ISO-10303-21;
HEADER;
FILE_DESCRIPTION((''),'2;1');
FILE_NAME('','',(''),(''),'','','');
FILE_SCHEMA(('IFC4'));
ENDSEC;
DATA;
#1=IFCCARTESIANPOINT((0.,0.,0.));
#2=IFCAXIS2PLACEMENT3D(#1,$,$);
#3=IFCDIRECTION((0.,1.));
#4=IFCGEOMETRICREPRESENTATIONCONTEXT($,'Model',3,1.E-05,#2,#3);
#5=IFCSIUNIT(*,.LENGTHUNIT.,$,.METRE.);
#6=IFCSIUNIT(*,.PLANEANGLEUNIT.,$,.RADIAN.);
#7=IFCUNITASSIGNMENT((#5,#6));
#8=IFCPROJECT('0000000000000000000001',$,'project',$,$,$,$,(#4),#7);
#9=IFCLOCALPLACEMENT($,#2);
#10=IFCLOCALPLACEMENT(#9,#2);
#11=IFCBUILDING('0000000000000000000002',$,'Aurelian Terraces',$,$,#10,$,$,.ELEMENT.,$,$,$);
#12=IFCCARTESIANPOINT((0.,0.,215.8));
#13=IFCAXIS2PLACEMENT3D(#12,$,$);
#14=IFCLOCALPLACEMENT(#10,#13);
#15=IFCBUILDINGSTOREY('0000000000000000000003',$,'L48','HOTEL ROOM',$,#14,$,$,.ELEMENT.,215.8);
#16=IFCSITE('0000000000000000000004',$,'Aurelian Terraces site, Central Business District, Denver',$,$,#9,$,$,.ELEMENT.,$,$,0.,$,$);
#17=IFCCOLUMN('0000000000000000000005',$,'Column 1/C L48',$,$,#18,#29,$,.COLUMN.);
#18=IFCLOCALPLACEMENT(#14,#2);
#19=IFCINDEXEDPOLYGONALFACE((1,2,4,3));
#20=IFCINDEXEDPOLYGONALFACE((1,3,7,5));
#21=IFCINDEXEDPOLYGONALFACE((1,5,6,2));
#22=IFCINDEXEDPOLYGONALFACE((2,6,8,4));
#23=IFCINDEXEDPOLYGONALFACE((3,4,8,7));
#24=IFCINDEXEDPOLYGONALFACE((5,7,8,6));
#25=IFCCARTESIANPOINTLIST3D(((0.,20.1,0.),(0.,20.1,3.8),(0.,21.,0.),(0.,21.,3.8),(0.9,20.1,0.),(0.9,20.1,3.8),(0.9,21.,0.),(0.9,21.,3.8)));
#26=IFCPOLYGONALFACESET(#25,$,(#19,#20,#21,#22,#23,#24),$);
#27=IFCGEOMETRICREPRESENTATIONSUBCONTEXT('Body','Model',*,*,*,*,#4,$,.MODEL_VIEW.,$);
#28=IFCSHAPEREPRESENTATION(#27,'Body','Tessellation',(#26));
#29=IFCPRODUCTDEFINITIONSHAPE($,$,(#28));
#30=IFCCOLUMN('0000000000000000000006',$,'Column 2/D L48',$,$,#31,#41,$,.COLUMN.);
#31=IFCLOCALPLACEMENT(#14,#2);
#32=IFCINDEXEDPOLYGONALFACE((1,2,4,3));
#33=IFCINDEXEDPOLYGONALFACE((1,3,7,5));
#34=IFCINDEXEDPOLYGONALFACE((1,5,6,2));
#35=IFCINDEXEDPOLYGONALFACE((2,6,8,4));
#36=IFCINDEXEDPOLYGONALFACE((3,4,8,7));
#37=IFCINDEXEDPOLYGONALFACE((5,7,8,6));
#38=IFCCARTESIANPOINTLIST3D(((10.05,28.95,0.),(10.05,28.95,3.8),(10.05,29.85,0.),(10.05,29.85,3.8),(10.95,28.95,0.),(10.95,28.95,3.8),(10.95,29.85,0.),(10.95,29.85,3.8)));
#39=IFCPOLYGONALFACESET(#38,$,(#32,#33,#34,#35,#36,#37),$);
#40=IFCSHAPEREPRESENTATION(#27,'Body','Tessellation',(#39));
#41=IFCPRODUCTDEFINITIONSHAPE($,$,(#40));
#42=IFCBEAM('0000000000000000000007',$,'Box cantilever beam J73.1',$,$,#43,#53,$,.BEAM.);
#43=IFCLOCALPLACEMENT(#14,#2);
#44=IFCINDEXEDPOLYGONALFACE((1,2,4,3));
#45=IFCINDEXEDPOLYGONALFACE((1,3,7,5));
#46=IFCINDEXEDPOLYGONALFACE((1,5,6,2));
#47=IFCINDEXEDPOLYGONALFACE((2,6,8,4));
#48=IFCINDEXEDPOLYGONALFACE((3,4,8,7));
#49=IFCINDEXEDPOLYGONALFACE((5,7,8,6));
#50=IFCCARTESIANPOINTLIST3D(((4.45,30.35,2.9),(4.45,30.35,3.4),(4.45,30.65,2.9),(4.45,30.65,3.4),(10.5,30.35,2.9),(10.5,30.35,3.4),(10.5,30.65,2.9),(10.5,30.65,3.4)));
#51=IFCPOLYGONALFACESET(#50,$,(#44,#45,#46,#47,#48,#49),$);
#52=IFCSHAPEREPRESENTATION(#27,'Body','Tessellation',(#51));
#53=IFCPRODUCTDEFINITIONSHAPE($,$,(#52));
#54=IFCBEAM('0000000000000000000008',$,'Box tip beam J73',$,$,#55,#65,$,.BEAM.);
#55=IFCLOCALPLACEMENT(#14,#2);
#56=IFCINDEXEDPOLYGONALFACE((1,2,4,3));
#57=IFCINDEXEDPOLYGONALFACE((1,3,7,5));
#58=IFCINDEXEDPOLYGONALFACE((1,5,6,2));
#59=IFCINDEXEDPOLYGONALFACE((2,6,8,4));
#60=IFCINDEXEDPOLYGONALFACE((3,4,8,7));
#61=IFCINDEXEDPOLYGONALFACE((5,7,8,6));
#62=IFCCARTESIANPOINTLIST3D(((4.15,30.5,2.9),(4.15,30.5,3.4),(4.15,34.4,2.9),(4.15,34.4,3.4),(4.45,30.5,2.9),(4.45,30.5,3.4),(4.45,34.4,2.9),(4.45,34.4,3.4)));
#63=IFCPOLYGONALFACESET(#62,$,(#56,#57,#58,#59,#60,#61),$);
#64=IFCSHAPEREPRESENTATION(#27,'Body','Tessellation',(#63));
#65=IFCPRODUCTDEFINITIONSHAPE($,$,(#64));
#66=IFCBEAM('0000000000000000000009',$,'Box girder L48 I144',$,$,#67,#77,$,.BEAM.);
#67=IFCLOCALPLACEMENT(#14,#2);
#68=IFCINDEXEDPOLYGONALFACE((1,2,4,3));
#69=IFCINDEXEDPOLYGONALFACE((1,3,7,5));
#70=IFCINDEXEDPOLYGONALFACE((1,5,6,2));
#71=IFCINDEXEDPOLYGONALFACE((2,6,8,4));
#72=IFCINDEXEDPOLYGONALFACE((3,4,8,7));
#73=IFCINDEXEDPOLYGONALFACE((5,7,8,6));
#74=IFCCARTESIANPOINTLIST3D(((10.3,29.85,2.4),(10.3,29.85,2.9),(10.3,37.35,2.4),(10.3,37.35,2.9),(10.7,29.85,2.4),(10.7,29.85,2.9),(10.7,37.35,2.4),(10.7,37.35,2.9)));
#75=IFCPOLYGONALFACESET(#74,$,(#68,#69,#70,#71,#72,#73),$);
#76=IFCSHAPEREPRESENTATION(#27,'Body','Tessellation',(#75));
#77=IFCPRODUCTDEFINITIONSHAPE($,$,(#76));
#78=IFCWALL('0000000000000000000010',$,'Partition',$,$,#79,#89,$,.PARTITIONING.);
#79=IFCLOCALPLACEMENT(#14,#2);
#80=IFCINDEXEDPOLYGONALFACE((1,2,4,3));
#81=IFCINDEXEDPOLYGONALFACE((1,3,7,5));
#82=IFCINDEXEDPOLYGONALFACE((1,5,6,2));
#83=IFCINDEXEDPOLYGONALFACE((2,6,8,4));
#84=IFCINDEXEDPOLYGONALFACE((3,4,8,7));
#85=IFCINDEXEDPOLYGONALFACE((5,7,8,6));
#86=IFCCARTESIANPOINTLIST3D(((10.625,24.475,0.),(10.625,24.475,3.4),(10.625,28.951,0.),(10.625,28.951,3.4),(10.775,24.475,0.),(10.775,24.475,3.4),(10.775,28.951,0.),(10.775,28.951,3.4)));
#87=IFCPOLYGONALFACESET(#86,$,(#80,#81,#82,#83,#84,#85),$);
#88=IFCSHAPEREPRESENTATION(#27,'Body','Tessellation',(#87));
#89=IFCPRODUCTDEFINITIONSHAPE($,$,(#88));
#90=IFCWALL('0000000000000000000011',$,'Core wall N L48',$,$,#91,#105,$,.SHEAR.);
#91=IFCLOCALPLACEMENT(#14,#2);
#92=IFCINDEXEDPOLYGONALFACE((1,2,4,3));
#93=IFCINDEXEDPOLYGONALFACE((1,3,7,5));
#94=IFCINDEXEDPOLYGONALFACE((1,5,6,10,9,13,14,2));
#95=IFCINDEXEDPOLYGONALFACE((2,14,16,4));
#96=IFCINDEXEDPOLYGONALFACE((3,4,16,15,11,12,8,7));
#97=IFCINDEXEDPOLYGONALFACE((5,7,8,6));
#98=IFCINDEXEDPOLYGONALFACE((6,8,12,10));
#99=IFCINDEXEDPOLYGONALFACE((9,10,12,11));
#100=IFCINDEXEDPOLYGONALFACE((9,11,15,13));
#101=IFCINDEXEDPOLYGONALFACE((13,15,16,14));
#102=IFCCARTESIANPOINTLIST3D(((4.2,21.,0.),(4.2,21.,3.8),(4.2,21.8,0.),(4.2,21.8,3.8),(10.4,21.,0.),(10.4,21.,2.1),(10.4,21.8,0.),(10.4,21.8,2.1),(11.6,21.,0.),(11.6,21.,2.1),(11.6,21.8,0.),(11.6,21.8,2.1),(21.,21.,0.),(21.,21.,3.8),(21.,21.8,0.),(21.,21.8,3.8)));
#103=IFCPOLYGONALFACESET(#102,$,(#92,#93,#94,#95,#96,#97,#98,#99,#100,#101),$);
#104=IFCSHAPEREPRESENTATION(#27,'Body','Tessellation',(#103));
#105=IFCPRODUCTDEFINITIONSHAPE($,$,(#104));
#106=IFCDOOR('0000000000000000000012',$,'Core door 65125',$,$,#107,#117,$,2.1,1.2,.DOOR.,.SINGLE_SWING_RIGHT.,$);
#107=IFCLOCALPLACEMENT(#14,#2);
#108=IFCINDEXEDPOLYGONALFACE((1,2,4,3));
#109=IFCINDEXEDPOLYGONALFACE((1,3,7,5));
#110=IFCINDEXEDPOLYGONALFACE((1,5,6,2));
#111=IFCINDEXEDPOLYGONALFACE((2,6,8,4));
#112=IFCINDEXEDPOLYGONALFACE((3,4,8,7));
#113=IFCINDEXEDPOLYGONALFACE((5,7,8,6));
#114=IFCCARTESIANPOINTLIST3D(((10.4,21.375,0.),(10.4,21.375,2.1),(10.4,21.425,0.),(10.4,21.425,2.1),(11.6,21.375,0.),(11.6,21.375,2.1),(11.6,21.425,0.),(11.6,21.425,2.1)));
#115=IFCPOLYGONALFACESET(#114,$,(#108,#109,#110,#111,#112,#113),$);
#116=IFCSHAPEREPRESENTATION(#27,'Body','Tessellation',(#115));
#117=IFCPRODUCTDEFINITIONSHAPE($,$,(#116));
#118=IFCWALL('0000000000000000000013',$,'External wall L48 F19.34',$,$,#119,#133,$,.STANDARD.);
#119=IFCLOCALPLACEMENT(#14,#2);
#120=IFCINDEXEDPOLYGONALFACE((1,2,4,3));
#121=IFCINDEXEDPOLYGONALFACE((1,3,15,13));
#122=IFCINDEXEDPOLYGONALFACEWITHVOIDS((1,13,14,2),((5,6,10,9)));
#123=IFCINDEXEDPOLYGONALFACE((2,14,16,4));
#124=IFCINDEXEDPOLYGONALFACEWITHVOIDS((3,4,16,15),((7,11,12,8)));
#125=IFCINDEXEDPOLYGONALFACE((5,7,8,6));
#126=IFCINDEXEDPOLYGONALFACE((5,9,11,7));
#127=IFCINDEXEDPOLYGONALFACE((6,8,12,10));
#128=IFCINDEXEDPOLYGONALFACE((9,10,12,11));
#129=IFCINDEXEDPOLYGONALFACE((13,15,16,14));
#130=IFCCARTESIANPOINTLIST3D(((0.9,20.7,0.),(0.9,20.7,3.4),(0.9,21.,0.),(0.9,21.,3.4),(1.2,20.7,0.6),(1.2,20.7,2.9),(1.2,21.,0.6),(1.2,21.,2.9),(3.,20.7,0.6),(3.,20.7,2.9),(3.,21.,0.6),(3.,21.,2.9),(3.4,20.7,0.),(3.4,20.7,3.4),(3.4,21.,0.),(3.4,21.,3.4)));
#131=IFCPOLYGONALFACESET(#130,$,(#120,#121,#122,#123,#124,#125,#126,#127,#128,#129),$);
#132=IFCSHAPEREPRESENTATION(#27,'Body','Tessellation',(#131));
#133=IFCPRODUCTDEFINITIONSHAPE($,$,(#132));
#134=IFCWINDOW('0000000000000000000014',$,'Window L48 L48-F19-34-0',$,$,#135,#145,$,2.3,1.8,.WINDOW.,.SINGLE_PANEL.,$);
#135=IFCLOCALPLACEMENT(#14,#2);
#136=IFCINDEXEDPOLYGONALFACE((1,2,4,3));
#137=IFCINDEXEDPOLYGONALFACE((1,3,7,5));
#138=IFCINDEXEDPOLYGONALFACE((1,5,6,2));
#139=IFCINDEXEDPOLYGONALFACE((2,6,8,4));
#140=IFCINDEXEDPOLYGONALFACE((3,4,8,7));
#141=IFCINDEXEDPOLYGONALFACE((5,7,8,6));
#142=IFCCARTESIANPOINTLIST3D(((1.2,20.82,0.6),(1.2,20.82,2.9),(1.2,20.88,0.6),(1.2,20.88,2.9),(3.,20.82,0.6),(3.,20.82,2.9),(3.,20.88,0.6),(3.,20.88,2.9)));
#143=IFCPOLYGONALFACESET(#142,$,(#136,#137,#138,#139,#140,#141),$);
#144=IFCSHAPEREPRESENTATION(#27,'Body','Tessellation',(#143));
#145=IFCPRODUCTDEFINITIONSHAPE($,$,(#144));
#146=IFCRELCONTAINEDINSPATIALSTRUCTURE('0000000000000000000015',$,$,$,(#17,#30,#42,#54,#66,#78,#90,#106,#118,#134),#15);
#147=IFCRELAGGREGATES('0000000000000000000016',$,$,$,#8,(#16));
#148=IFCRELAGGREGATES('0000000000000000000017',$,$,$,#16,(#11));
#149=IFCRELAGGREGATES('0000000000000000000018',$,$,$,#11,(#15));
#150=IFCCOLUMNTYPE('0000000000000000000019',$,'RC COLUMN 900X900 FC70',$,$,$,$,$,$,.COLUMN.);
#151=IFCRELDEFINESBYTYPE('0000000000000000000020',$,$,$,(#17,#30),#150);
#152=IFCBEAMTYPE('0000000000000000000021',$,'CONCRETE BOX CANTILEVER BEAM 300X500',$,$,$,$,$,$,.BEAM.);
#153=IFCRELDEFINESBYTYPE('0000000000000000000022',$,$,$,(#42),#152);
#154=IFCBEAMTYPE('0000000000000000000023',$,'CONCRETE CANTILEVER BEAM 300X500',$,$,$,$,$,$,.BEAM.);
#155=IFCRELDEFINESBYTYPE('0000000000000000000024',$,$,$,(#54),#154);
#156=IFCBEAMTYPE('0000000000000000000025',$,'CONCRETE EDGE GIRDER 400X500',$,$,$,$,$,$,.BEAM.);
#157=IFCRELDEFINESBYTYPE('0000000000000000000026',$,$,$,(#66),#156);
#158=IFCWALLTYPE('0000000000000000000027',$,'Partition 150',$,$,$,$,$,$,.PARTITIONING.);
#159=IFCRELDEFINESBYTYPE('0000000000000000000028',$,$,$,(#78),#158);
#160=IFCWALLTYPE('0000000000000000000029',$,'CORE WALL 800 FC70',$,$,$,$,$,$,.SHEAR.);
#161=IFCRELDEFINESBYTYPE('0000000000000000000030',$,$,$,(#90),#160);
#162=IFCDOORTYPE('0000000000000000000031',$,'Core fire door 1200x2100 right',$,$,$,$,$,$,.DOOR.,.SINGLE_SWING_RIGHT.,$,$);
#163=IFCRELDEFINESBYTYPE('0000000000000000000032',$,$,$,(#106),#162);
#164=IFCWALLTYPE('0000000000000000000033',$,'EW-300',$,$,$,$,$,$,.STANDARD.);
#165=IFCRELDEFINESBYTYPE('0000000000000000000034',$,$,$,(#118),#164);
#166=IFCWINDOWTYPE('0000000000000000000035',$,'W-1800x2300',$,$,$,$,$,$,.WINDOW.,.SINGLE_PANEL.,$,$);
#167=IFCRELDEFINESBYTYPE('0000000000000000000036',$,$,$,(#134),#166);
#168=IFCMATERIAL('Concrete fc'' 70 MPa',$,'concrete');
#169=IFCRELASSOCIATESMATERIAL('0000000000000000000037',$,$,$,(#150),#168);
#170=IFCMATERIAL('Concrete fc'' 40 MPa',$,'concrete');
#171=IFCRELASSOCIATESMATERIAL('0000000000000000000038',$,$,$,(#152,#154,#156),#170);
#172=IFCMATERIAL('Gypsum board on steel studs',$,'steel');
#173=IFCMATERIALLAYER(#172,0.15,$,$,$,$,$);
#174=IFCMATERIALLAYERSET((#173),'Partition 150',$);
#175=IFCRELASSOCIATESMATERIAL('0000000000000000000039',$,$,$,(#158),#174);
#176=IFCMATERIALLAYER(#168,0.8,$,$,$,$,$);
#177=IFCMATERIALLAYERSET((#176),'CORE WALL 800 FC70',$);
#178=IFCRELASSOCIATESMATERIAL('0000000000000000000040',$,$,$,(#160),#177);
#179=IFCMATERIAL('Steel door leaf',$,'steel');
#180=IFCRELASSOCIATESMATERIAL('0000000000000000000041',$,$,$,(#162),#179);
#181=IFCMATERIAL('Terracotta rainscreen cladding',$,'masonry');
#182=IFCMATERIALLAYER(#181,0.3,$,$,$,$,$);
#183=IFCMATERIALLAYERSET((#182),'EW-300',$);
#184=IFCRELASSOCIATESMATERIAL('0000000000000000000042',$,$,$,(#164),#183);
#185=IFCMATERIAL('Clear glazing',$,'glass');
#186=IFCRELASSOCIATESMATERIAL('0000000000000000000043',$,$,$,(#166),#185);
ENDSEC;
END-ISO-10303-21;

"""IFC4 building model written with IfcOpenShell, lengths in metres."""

from ifc_helpers import new_model, si_unit, direction, frame, frame_2d, origin, origin_2d, place, context, subcontext, project, spatial, rectangle, extrude, source, transform, mapped, material, layer, layer_set, material_profile, profile_set, type_object, element, fill, save


model = new_model("IFC4")

# Units and contexts
model_context = context("Model", 3, precision=1e-05, world=origin(), true_north=direction((0.0, 1.0)))
body_context = subcontext(model_context, "Body", "Model", "MODEL_VIEW")
ifc_project = project(units=[si_unit("LENGTHUNIT", "METRE"), si_unit("PLANEANGLEUNIT", "RADIAN")], contexts=[model_context])

# Site, building, storey
site_placement = place(None, origin())
site = spatial("IfcSite", under=ifc_project, at=site_placement, Name="Aurelian Terraces site, Central Business District, Denver", CompositionType="ELEMENT", RefElevation=0.0)
building_placement = place(site_placement, origin())
building = spatial("IfcBuilding", under=site, at=building_placement, Name="Aurelian Terraces", CompositionType="ELEMENT")
storey_placement = place(building_placement, frame((0.0, 0.0, 215.8)))
storey = spatial("IfcBuildingStorey", under=building, at=storey_placement, Name="L48", Description="HOTEL ROOM", CompositionType="ELEMENT", Elevation=215.8)

# Columns
ifc_material_1 = material(Name="Concrete fc' 70 MPa", Category="concrete")
ifc_material_profile_1 = material_profile(ifc_material_1, rectangle(XDim=0.9, YDim=0.9, at=origin_2d()))
ifc_profile_set_1 = profile_set([ifc_material_profile_1], Name="Concrete fc' 70 MPa")
column_type = type_object("IfcColumnType", Name="RC COLUMN 900X900 FC70", PredefinedType="COLUMN", material=ifc_profile_set_1)
shared_shape_1 = source(origin(), body_context, "Body", "SweptSolid", [
    extrude(rectangle(XDim=0.9, YDim=0.9, at=origin_2d()), origin(), (0.0, 0.0, 1.0), 3.8),
])
for number, where, z_axis, x_axis, name in (
    (1, (0.45, 20.55, 0.0), (0.0, 0.0, 1.0), (1.0, 0.0, 0.0), "Column 1/C L48"),
    (2, (10.5, 29.4, 0.0), (0.0, 0.0, 1.0), (1.0, 0.0, 0.0), "Column 2/D L48"),
):
    element("IfcColumn", number, at=place(storey_placement, frame(where, z_axis=z_axis, x_axis=x_axis)), inside=storey, type_object=column_type, Name=name, PredefinedType="COLUMN", context=body_context, shape_type="MappedRepresentation", body=[
        mapped(shared_shape_1, transform((0.0, 0.0, 0.0), scale=1.0)),
    ])

# Beams
ifc_material_2 = material(Name="Concrete fc' 40 MPa", Category="concrete")
ifc_material_profile_2 = material_profile(ifc_material_2, rectangle(XDim=0.3, YDim=0.5, at=origin_2d()))
ifc_profile_set_2 = profile_set([ifc_material_profile_2], Name="Concrete fc' 40 MPa")
beam_type_1 = type_object("IfcBeamType", Name="CONCRETE BOX CANTILEVER BEAM 300X500", PredefinedType="BEAM", material=ifc_profile_set_2)
shared_shape_2 = source(origin(), body_context, "Body", "SweptSolid", [
    extrude(rectangle(XDim=0.3, YDim=0.5, at=origin_2d()), origin(), (0.0, 0.0, 1.0), 6.05),
])
beam_1_placement = place(storey_placement, frame((4.45, 30.5, 3.15), z_axis=(1.0, 0.0, 0.0), x_axis=(0.0, 1.0, 0.0)))
element("IfcBeam", 3, at=beam_1_placement, inside=storey, type_object=beam_type_1, Name="Box cantilever beam J73.1", PredefinedType="BEAM", context=body_context, shape_type="MappedRepresentation", body=[
    mapped(shared_shape_2, transform((0.0, 0.0, 0.0), scale=1.0)),
])
ifc_material_profile_3 = material_profile(ifc_material_2, rectangle(XDim=0.3, YDim=0.5, at=origin_2d()))
ifc_profile_set_3 = profile_set([ifc_material_profile_3], Name="Concrete fc' 40 MPa")
beam_type_2 = type_object("IfcBeamType", Name="CONCRETE CANTILEVER BEAM 300X500", PredefinedType="BEAM", material=ifc_profile_set_3)
shared_shape_3 = source(origin(), body_context, "Body", "SweptSolid", [
    extrude(rectangle(XDim=0.3, YDim=0.5, at=origin_2d()), origin(), (0.0, 0.0, 1.0), 3.9),
])
beam_2_placement = place(storey_placement, frame((4.3, 30.5, 3.15), z_axis=(0.0, 1.0, 0.0), x_axis=(-1.0, 0.0, 0.0)))
element("IfcBeam", 4, at=beam_2_placement, inside=storey, type_object=beam_type_2, Name="Box tip beam J73", PredefinedType="BEAM", context=body_context, shape_type="MappedRepresentation", body=[
    mapped(shared_shape_3, transform((0.0, 0.0, 0.0), scale=1.0)),
])
ifc_material_profile_4 = material_profile(ifc_material_2, rectangle(XDim=0.4, YDim=0.5, at=origin_2d()))
ifc_profile_set_4 = profile_set([ifc_material_profile_4], Name="Concrete fc' 40 MPa")
beam_type_3 = type_object("IfcBeamType", Name="CONCRETE EDGE GIRDER 400X500", PredefinedType="BEAM", material=ifc_profile_set_4)
shared_shape_4 = source(origin(), body_context, "Body", "SweptSolid", [
    extrude(rectangle(XDim=0.4, YDim=0.5, at=origin_2d()), origin(), (0.0, 0.0, 1.0), 7.5),
])
beam_3_placement = place(storey_placement, frame((10.5, 29.85, 2.65), z_axis=(0.0, 1.0, 0.0), x_axis=(-1.0, 0.0, 0.0)))
element("IfcBeam", 5, at=beam_3_placement, inside=storey, type_object=beam_type_3, Name="Box girder L48 I144", PredefinedType="BEAM", context=body_context, shape_type="MappedRepresentation", body=[
    mapped(shared_shape_4, transform((0.0, 0.0, 0.0), scale=1.0)),
])

# Wall
ifc_material_3 = material(Name="Gypsum board on steel studs", Category="steel")
ifc_layer_1 = layer(ifc_material_3, 0.15)
ifc_layer_set_1 = layer_set([ifc_layer_1], Name="Partition 150")
wall_type_1 = type_object("IfcWallType", Name="Partition 150", PredefinedType="PARTITIONING", material=ifc_layer_set_1)
wall_1_placement = place(storey_placement, frame((10.7, 24.475, 0.0), z_axis=(0.0, 0.0, 1.0), x_axis=(0.0, 1.0, 0.0)))
element("IfcWall", 6, at=wall_1_placement, inside=storey, type_object=wall_type_1, Name="Partition", PredefinedType="PARTITIONING", context=body_context, shape_type="SweptSolid", body=[
    extrude(rectangle(XDim=4.476, YDim=0.15, at=frame_2d((2.238, 0.0))), origin(), (0.0, 0.0, 1.0), 3.4),
])

# Wall, opening, door
ifc_layer_2 = layer(ifc_material_1, 0.8)
ifc_layer_set_2 = layer_set([ifc_layer_2], Name="CORE WALL 800 FC70")
wall_type_2 = type_object("IfcWallType", Name="CORE WALL 800 FC70", PredefinedType="SHEAR", material=ifc_layer_set_2)
shared_shape_5 = source(origin(), body_context, "Body", "SweptSolid", [
    extrude(rectangle(XDim=16.8, YDim=0.8, at=frame_2d((8.4, 0.0))), origin(), (0.0, 0.0, 1.0), 3.8),
])
wall_2_placement = place(storey_placement, frame((4.2, 21.4, 0.0), z_axis=(0.0, 0.0, 1.0), x_axis=(1.0, 0.0, 0.0)))
wall_2 = element("IfcWall", 7, at=wall_2_placement, inside=storey, type_object=wall_type_2, Name="Core wall N L48", PredefinedType="SHEAR", context=body_context, shape_type="MappedRepresentation", body=[
    mapped(shared_shape_5, transform((0.0, 0.0, 0.0), scale=1.0)),
])
shared_shape_6 = source(origin(), body_context, "Body", "SweptSolid", [
    extrude(rectangle(XDim=1.2, YDim=2.1, at=frame_2d((0.6, 1.05))), frame((0.0, 0.41, 0.0), z_axis=(0.0, -1.0, 0.0), x_axis=(1.0, 0.0, 0.0)), (0.0, 0.0, 1.0), 0.82),
])
opening_1_placement = place(wall_2_placement, frame((6.2, 0.0, 0.0)))
opening_1 = element("IfcOpeningElement", 8, at=opening_1_placement, cuts=wall_2, PredefinedType="OPENING", context=body_context, shape_type="MappedRepresentation", body=[
    mapped(shared_shape_6, transform((0.0, 0.0, 0.0), scale=1.0)),
])
ifc_material_4 = material(Name="Steel door leaf", Category="steel")
door_type_1 = type_object("IfcDoorType", Name="Core fire door 1200x2100 right", OperationType="SINGLE_SWING_RIGHT", PredefinedType="DOOR", material=ifc_material_4)
shared_shape_7 = source(origin(), body_context, "Body", "SweptSolid", [
    extrude(rectangle(XDim=1.2, YDim=2.1, at=frame_2d((0.6, 1.05))), frame((0.0, 0.025, 0.0), z_axis=(0.0, -1.0, 0.0), x_axis=(1.0, 0.0, 0.0)), (0.0, 0.0, 1.0), 0.05),
])
door_1_placement = place(opening_1_placement, origin())
door_1 = element("IfcDoor", 9, at=door_1_placement, inside=storey, type_object=door_type_1, Name="Core door 65125", OperationType="SINGLE_SWING_RIGHT", OverallHeight=2.1, OverallWidth=1.2, PredefinedType="DOOR", context=body_context, shape_type="MappedRepresentation", body=[
    mapped(shared_shape_7, transform((0.0, 0.0, 0.0), scale=1.0)),
])
fill(opening_1, door_1)

# Wall, opening, window
ifc_material_5 = material(Name="Terracotta rainscreen cladding", Category="masonry")
ifc_layer_3 = layer(ifc_material_5, 0.3)
ifc_layer_set_3 = layer_set([ifc_layer_3], Name="EW-300")
wall_type_3 = type_object("IfcWallType", Name="EW-300", PredefinedType="STANDARD", material=ifc_layer_set_3)
shared_shape_8 = source(origin(), body_context, "Body", "SweptSolid", [
    extrude(rectangle(XDim=2.5, YDim=0.3, at=frame_2d((1.25, 0.0))), origin(), (0.0, 0.0, 1.0), 3.4),
])
wall_3_placement = place(storey_placement, frame((3.4, 20.85, 0.0), z_axis=(0.0, 0.0, 1.0), x_axis=(-1.0, 0.0, 0.0)))
wall_3 = element("IfcWall", 10, at=wall_3_placement, inside=storey, type_object=wall_type_3, Name="External wall L48 F19.34", PredefinedType="STANDARD", context=body_context, shape_type="MappedRepresentation", body=[
    mapped(shared_shape_8, transform((0.0, 0.0, 0.0), scale=1.0)),
])
shared_shape_9 = source(origin(), body_context, "Body", "SweptSolid", [
    extrude(rectangle(XDim=1.8, YDim=2.3, at=frame_2d((0.9, 1.15))), frame((0.0, 0.16, 0.0), z_axis=(0.0, -1.0, 0.0), x_axis=(1.0, 0.0, 0.0)), (0.0, 0.0, 1.0), 0.32),
])
opening_2_placement = place(wall_3_placement, frame((0.4, 0.0, 0.6)))
opening_2 = element("IfcOpeningElement", 11, at=opening_2_placement, cuts=wall_3, PredefinedType="OPENING", context=body_context, shape_type="MappedRepresentation", body=[
    mapped(shared_shape_9, transform((0.0, 0.0, 0.0), scale=1.0)),
])
ifc_material_6 = material(Name="Clear glazing", Category="glass")
window_type = type_object("IfcWindowType", Name="W-1800x2300", PartitioningType="SINGLE_PANEL", PredefinedType="WINDOW", material=ifc_material_6)
shared_shape_10 = source(origin(), body_context, "Body", "SweptSolid", [
    extrude(rectangle(XDim=1.8, YDim=2.3, at=frame_2d((0.9, 1.15))), frame((0.0, 0.03, 0.0), z_axis=(0.0, -1.0, 0.0), x_axis=(1.0, 0.0, 0.0)), (0.0, 0.0, 1.0), 0.06),
])
window_1_placement = place(opening_2_placement, origin())
window_1 = element("IfcWindow", 12, at=window_1_placement, inside=storey, type_object=window_type, Name="Window L48 L48-F19-34-0", OverallHeight=2.3, OverallWidth=1.8, PartitioningType="SINGLE_PANEL", PredefinedType="WINDOW", context=body_context, shape_type="MappedRepresentation", body=[
    mapped(shared_shape_10, transform((0.0, 0.0, 0.0), scale=1.0)),
])
fill(opening_2, window_1)

save(model, "model.ifc")
